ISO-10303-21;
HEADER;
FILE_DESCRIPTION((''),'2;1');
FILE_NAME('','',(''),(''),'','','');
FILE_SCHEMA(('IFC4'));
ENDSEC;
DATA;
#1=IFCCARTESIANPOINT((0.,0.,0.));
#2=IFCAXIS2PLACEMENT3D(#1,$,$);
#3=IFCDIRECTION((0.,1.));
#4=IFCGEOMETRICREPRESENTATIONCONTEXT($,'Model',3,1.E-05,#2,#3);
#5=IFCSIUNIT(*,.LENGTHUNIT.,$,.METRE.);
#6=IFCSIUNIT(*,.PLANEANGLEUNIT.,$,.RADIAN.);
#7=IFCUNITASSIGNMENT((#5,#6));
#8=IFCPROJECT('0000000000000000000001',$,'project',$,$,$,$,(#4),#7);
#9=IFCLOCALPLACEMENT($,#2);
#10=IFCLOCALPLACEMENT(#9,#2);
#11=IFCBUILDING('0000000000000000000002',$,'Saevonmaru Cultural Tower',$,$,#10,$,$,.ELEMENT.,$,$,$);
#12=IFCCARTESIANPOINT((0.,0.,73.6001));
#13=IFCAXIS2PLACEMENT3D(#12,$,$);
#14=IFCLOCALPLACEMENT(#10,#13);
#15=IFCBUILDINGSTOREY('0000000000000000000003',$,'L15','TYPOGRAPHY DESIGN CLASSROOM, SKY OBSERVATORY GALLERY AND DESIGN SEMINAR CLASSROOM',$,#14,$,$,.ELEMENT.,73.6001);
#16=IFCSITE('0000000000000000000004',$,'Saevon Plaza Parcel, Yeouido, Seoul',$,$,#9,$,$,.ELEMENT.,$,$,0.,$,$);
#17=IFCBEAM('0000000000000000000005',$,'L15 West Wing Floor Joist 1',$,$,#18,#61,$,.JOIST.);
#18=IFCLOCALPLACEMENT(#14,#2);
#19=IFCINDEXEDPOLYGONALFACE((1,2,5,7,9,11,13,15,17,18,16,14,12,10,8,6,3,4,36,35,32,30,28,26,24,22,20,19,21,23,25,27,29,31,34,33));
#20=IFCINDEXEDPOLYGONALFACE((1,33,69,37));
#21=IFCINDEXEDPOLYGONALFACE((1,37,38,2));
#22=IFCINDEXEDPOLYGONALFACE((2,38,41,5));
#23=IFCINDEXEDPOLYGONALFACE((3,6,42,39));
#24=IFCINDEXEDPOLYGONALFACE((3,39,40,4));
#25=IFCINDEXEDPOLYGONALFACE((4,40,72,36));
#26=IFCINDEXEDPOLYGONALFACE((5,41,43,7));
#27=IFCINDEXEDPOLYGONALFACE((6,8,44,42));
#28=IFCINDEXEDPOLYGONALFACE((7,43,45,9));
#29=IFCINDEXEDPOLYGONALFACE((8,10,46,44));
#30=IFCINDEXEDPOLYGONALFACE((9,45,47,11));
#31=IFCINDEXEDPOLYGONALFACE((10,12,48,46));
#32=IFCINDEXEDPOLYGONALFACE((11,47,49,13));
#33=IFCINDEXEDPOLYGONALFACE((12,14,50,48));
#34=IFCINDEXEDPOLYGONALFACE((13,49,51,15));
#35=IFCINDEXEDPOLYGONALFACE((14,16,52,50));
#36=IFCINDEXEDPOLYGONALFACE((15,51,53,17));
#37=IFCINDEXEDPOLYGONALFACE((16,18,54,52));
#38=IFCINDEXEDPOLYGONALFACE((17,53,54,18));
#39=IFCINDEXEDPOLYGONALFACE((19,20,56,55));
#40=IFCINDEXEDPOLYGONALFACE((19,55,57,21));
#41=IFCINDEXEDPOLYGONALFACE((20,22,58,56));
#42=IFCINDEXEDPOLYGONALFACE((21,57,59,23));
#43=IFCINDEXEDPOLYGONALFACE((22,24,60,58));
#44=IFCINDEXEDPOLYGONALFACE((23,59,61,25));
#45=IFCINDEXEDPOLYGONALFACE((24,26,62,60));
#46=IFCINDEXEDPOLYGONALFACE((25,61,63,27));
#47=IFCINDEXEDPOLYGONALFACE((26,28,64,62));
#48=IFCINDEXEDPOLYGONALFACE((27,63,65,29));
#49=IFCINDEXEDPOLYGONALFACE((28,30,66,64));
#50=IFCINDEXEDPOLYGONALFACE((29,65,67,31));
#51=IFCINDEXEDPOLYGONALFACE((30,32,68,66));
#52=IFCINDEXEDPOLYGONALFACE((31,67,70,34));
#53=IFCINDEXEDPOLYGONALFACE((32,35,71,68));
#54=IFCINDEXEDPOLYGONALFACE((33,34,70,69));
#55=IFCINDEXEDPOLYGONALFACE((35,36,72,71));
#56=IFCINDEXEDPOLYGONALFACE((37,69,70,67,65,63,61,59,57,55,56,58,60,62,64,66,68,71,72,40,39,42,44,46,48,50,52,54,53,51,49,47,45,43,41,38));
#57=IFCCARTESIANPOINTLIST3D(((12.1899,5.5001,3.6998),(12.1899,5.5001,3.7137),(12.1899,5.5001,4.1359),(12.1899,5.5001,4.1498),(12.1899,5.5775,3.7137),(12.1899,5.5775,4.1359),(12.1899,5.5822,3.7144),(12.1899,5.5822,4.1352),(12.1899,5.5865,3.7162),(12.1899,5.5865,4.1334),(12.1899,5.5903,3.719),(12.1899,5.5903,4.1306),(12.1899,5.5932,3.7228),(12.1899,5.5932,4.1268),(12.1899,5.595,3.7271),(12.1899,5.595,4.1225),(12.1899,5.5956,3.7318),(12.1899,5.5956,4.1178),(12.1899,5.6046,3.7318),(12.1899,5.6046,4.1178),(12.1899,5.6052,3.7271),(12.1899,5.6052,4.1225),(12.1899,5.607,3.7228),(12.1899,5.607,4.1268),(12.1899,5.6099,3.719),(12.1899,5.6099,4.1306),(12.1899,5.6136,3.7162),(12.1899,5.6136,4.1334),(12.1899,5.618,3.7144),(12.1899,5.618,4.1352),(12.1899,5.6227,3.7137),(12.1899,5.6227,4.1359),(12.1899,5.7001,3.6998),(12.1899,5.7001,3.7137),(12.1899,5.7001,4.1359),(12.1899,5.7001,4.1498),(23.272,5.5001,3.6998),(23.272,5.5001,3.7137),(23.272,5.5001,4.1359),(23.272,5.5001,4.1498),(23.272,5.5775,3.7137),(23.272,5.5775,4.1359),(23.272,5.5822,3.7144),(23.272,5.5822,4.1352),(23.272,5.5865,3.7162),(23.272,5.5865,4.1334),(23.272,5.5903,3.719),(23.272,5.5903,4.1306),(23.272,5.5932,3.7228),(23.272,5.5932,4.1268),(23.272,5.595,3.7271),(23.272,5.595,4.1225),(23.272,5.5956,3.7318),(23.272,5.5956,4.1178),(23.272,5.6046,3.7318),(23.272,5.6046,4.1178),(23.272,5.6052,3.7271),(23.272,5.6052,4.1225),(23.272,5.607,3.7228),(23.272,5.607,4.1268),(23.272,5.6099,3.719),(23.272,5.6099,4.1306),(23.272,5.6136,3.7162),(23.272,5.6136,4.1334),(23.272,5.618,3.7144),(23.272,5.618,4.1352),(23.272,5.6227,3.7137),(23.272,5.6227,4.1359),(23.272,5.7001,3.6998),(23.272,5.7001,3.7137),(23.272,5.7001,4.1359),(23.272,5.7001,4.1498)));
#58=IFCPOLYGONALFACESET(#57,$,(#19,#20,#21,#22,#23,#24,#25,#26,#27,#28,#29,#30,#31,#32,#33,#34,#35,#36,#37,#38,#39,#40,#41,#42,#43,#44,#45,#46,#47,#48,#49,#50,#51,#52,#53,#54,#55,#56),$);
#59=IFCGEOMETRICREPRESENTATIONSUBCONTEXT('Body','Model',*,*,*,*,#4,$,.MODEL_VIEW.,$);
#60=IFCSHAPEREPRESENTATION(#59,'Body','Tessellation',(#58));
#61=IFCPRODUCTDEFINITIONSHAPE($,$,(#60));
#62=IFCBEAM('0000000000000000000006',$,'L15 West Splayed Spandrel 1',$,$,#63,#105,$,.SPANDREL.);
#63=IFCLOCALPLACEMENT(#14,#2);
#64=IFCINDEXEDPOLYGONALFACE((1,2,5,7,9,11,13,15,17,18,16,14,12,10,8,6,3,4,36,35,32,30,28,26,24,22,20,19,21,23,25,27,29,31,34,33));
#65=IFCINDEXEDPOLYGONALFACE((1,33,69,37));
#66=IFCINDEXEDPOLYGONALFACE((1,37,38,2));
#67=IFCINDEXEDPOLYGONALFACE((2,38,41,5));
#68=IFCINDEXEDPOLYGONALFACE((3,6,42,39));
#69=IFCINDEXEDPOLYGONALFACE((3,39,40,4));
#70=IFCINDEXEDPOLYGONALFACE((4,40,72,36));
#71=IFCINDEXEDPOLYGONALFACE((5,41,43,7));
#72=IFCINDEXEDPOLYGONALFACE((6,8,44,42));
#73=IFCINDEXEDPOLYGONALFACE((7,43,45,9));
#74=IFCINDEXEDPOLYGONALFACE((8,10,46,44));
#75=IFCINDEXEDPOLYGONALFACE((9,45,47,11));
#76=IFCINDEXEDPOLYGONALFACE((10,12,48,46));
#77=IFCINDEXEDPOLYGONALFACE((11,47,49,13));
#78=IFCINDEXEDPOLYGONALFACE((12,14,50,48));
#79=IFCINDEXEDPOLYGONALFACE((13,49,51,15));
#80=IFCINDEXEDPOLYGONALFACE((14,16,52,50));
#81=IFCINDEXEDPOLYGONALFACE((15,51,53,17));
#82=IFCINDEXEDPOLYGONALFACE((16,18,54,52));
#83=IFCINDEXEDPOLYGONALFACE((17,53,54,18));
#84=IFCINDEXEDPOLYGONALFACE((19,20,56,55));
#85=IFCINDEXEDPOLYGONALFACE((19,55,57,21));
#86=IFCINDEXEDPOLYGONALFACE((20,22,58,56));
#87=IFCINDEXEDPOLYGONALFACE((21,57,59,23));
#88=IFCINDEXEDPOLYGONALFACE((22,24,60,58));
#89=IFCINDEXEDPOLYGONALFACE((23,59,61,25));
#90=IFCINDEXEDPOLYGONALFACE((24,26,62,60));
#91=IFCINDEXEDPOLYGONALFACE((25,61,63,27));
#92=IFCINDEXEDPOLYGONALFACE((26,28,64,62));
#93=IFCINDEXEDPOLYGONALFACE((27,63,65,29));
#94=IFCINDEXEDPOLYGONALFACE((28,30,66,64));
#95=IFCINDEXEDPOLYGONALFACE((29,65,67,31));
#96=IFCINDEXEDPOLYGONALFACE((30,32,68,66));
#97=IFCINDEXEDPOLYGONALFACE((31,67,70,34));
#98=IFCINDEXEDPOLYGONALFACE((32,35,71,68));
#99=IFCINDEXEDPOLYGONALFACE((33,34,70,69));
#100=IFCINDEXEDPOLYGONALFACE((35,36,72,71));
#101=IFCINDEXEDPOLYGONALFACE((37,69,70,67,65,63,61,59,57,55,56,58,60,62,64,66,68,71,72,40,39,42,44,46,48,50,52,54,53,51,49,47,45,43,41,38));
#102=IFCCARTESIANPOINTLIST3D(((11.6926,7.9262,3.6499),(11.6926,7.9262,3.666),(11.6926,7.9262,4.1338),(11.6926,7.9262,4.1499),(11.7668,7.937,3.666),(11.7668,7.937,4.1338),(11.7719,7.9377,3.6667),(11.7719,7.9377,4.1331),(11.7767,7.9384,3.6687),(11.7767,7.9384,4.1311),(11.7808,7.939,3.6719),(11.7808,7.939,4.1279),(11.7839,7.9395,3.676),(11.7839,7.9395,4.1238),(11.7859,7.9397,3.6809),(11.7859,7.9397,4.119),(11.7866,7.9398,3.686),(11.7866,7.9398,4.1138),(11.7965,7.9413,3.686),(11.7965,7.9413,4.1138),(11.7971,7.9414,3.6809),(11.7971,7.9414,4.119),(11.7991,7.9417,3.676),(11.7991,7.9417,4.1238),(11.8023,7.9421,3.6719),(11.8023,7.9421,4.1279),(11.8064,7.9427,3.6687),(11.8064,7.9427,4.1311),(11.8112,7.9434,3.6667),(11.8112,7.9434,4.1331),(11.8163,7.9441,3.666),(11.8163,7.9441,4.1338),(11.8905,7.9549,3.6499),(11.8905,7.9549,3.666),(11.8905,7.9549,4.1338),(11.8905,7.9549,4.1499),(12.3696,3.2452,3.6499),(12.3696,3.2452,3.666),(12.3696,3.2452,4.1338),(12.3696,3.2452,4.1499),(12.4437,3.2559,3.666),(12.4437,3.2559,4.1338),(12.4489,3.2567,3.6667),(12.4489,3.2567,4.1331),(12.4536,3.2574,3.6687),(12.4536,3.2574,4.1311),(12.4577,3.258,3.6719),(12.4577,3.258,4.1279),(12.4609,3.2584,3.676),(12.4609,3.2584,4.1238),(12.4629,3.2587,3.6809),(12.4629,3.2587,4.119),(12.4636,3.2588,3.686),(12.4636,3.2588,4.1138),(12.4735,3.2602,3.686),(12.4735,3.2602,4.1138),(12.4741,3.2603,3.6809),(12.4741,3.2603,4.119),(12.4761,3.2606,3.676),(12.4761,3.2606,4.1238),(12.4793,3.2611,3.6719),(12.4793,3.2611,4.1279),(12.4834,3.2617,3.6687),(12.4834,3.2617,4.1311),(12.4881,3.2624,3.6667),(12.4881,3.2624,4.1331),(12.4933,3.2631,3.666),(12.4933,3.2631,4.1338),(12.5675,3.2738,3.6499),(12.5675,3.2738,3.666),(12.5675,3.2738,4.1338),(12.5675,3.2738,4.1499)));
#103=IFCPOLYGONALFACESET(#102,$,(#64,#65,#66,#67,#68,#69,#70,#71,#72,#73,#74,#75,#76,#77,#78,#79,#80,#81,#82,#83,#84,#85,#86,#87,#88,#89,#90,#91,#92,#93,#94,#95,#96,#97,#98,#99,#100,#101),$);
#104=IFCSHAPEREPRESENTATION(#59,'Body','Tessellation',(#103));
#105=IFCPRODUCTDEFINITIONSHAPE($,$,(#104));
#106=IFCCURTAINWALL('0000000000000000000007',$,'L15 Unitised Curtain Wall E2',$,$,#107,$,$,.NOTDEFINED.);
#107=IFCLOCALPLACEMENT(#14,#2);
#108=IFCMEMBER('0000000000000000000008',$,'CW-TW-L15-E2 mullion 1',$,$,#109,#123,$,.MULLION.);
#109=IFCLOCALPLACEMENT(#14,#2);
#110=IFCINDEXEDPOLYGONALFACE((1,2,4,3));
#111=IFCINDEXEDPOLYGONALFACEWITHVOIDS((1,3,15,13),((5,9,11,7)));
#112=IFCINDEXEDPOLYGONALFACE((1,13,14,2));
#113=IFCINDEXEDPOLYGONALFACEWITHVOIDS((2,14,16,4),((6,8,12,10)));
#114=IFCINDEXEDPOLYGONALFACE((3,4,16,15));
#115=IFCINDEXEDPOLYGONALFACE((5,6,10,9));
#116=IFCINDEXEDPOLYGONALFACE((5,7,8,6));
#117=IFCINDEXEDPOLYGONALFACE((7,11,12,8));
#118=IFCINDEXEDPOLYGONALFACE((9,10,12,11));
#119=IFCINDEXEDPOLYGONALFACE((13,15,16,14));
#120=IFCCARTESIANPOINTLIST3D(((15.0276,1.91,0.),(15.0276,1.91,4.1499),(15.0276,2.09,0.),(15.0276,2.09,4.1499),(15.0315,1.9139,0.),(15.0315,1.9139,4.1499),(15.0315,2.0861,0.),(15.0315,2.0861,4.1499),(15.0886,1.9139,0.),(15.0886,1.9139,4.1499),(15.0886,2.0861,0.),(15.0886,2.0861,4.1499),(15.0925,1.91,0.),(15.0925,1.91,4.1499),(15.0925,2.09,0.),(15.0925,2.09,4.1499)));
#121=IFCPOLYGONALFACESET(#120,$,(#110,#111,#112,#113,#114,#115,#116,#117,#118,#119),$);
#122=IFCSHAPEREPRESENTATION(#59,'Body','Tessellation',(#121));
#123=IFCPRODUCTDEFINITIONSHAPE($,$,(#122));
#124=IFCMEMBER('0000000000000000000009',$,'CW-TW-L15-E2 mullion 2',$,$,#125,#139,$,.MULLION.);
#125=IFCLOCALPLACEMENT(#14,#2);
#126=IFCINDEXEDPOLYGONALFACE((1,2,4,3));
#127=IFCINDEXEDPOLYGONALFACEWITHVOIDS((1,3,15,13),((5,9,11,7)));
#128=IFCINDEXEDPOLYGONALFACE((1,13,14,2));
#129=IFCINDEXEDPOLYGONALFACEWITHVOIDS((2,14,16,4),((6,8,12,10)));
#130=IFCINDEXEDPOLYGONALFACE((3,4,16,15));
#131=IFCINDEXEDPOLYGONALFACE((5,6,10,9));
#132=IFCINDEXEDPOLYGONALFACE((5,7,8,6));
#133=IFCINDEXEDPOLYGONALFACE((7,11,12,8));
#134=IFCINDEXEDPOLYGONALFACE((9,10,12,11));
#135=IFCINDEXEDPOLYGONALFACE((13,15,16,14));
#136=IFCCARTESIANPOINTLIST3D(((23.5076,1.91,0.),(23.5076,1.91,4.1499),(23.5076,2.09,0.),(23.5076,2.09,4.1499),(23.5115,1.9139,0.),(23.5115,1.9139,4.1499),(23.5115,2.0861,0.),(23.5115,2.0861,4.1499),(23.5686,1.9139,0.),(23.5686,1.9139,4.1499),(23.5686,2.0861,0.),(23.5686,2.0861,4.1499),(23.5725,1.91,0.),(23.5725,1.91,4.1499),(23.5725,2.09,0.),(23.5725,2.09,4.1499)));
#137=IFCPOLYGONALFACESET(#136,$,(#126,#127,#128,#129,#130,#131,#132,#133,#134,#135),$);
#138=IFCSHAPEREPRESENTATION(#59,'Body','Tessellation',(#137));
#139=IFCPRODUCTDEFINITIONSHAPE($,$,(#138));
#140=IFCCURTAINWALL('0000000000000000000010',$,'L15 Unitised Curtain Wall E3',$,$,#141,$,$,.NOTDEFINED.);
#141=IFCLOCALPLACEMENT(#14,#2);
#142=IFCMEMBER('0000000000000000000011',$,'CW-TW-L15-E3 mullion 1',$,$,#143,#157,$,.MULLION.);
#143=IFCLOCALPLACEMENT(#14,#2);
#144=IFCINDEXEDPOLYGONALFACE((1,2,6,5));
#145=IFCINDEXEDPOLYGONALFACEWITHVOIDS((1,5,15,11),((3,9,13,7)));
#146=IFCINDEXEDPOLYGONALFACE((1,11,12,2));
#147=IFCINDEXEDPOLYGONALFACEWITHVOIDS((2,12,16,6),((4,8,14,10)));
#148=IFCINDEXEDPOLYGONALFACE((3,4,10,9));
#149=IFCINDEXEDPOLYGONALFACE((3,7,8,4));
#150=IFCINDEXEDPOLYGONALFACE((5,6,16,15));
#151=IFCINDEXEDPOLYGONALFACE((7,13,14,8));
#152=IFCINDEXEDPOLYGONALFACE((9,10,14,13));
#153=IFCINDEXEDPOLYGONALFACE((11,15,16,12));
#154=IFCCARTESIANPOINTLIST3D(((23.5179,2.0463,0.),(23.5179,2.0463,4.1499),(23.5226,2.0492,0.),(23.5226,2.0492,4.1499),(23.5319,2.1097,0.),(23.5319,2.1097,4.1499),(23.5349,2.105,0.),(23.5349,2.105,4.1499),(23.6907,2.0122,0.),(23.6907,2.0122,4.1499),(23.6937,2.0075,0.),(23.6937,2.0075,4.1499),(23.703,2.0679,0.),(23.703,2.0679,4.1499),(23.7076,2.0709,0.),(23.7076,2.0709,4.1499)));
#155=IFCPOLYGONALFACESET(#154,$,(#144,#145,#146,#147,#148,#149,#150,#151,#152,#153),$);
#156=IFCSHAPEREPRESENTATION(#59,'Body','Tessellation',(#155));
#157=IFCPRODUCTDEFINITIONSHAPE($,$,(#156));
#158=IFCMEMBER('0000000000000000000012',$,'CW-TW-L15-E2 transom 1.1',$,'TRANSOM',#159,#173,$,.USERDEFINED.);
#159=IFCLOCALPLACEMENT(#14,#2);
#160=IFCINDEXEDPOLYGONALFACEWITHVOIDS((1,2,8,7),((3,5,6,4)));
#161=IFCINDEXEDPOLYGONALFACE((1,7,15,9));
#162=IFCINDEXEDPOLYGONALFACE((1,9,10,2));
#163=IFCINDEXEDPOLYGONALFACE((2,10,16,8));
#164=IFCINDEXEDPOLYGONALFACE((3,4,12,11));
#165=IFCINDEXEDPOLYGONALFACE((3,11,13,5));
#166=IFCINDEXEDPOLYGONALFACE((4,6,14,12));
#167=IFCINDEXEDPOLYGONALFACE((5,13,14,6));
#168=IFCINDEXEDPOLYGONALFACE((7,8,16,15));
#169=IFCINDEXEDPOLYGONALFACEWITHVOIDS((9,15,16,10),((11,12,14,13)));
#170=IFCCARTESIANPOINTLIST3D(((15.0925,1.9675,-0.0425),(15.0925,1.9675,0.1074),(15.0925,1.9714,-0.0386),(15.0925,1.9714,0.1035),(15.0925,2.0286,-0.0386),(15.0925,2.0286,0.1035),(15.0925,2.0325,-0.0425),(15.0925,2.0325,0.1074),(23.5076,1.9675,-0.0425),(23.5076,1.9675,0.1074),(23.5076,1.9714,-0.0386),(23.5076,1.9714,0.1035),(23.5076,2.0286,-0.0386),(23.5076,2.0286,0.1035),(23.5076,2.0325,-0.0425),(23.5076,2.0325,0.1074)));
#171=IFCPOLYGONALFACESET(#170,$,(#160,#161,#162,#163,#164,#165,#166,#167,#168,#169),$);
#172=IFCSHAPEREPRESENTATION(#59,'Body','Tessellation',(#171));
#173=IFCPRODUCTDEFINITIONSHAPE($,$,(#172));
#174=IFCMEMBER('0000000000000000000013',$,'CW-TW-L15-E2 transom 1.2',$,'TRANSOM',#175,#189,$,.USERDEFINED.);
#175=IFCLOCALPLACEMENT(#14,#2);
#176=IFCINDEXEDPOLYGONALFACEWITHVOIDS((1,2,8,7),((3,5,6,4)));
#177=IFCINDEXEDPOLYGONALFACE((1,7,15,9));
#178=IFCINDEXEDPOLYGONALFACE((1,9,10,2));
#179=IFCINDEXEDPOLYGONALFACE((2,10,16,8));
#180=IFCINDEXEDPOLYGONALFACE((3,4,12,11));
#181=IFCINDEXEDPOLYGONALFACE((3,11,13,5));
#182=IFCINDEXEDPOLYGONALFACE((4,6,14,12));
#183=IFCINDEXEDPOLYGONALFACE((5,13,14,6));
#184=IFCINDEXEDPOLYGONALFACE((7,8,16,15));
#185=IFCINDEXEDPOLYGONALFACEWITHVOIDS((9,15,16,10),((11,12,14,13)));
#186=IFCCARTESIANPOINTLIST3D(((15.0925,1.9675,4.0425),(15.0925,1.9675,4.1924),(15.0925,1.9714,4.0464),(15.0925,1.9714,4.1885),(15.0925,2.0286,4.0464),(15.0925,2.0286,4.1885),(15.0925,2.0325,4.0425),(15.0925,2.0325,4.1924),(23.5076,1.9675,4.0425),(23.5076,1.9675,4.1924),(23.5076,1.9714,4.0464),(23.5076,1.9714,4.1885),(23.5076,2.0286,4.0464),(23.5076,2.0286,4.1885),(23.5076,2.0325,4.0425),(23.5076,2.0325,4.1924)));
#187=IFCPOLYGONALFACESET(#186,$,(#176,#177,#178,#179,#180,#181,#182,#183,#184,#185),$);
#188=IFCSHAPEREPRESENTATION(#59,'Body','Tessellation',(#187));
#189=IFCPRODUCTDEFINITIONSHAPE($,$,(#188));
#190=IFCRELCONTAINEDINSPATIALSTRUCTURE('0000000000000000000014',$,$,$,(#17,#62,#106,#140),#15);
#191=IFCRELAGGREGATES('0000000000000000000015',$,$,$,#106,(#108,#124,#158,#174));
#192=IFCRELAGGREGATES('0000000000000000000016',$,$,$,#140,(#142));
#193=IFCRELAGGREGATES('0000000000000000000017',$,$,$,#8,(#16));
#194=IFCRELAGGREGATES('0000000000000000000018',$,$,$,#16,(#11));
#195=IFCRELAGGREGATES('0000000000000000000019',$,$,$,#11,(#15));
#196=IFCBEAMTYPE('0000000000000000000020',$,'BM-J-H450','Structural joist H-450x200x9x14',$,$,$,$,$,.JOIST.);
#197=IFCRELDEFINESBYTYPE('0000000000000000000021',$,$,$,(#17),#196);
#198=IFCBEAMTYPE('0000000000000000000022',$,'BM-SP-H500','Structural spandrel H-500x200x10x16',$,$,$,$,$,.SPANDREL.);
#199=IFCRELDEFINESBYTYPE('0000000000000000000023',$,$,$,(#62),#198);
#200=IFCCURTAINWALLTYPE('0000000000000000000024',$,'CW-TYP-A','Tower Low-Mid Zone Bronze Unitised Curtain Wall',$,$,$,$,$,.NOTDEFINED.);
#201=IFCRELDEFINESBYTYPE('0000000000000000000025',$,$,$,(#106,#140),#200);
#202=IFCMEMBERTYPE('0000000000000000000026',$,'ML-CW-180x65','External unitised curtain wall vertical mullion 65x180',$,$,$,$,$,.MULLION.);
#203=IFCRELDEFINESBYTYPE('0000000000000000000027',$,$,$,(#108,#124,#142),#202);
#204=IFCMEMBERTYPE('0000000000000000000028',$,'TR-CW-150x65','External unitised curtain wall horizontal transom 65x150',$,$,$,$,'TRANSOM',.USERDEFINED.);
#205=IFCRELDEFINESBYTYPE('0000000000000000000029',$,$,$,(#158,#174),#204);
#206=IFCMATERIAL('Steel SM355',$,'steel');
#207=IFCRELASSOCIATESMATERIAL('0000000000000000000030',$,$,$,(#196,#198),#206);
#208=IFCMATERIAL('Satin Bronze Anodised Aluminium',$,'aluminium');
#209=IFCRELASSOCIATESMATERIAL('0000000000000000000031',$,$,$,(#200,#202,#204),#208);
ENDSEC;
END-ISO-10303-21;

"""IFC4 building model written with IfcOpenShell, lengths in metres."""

from ifc_helpers import new_model, si_unit, direction, frame, origin, origin_2d, place, context, subcontext, project, spatial, hollow_rectangle, i_section, extrude, material, material_profile, profile_set, type_object, element, aggregate, save


model = new_model("IFC4")

# Units and contexts
model_context = context("Model", 3, precision=1e-05, world=origin(), true_north=direction((0.0, 1.0)))
body_context = subcontext(model_context, "Body", "Model", "MODEL_VIEW")
ifc_project = project(units=[si_unit("LENGTHUNIT", "METRE"), si_unit("PLANEANGLEUNIT", "RADIAN")], contexts=[model_context])

# Site, building, storey
site_placement = place(None, origin())
site = spatial("IfcSite", under=ifc_project, at=site_placement, Name="Saevon Plaza Parcel, Yeouido, Seoul", CompositionType="ELEMENT", RefElevation=0.0)
building_placement = place(site_placement, origin())
building = spatial("IfcBuilding", under=site, at=building_placement, Name="Saevonmaru Cultural Tower", CompositionType="ELEMENT")
storey_placement = place(building_placement, frame((0.0, 0.0, 73.6001)))
storey = spatial("IfcBuildingStorey", under=building, at=storey_placement, Name="L15", Description="TYPOGRAPHY DESIGN CLASSROOM, SKY OBSERVATORY GALLERY AND DESIGN SEMINAR CLASSROOM", CompositionType="ELEMENT", Elevation=73.6001)

# Beams
ifc_material_1 = material(Name="Steel SM355", Category="steel")
ifc_material_profile_1 = material_profile(ifc_material_1, i_section(OverallWidth=0.2, OverallDepth=0.45, WebThickness=0.009, FlangeThickness=0.0139, FilletRadius=0.0181, at=origin_2d()), Name="H-450x200x9x14")
ifc_profile_set_1 = profile_set([ifc_material_profile_1], Name="Steel SM355")
beam_type_1 = type_object("IfcBeamType", Name="BM-J-H450", Description="Structural joist H-450x200x9x14", PredefinedType="JOIST", material=ifc_profile_set_1)
beam_1_placement = place(storey_placement, frame((12.1899, 5.6001, 3.9248), z_axis=(1.0, 0.0, 0.0), x_axis=(0.0, 1.0, 0.0)))
element("IfcBeam", 1, at=beam_1_placement, inside=storey, type_object=beam_type_1, Name="L15 West Wing Floor Joist 1", PredefinedType="JOIST", context=body_context, shape_type="SweptSolid", body=[
    extrude(i_section(OverallWidth=0.2, OverallDepth=0.45, WebThickness=0.009, FlangeThickness=0.0139, FilletRadius=0.0181, at=origin_2d()), origin(), (0.0, 0.0, 1.0), 11.082),
])
ifc_material_profile_2 = material_profile(ifc_material_1, i_section(OverallWidth=0.2, OverallDepth=0.5, WebThickness=0.01, FlangeThickness=0.0161, FilletRadius=0.02, at=origin_2d()), Name="H-500x200x10x16")
ifc_profile_set_2 = profile_set([ifc_material_profile_2], Name="Steel SM355")
beam_type_2 = type_object("IfcBeamType", Name="BM-SP-H500", Description="Structural spandrel H-500x200x10x16", PredefinedType="SPANDREL", material=ifc_profile_set_2)
beam_2_placement = place(storey_placement, frame((12.4685, 3.2595, 3.8999), z_axis=(-0.143134, 0.989703, 0.0), x_axis=(-0.989703, -0.143134, 0.0)))
element("IfcBeam", 2, at=beam_2_placement, inside=storey, type_object=beam_type_2, Name="L15 West Splayed Spandrel 1", PredefinedType="SPANDREL", context=body_context, shape_type="SweptSolid", body=[
    extrude(i_section(OverallWidth=0.2, OverallDepth=0.5, WebThickness=0.01, FlangeThickness=0.0161, FilletRadius=0.02, at=origin_2d()), origin(), (0.0, 0.0, 1.0), 4.7297),
])

# Curtain wall, members
ifc_material_2 = material(Name="Satin Bronze Anodised Aluminium", Category="aluminium")
curtain_wall_type = type_object("IfcCurtainWallType", Name="CW-TYP-A", Description="Tower Low-Mid Zone Bronze Unitised Curtain Wall", PredefinedType="NOTDEFINED", material=ifc_material_2)
curtain_wall_1_placement = place(storey_placement, origin())
curtain_wall_1 = element("IfcCurtainWall", 3, at=curtain_wall_1_placement, inside=storey, type_object=curtain_wall_type, Name="L15 Unitised Curtain Wall E2", PredefinedType="NOTDEFINED")
ifc_material_profile_3 = material_profile(ifc_material_2, hollow_rectangle(XDim=0.0649, YDim=0.1799, WallThickness=0.0039, at=origin_2d()), Name="ALU-MULL-180x65x4")
ifc_profile_set_3 = profile_set([ifc_material_profile_3], Name="Satin Bronze Anodised Aluminium")
member_type_1 = type_object("IfcMemberType", Name="ML-CW-180x65", Description="External unitised curtain wall vertical mullion 65x180", PredefinedType="MULLION", material=ifc_profile_set_3)
member_1_placement = place(storey_placement, frame((15.0601, 2.0, 0.0), z_axis=(0.0, 0.0, 1.0), x_axis=(1.0, 0.0, 0.0)))
member_1 = element("IfcMember", 4, at=member_1_placement, type_object=member_type_1, Name="CW-TW-L15-E2 mullion 1", PredefinedType="MULLION", context=body_context, shape_type="SweptSolid", body=[
    extrude(hollow_rectangle(XDim=0.0649, YDim=0.1799, WallThickness=0.0039, at=origin_2d()), origin(), (0.0, 0.0, 1.0), 4.1499),
])
member_2_placement = place(storey_placement, frame((23.54, 2.0, 0.0), z_axis=(0.0, 0.0, 1.0), x_axis=(1.0, 0.0, 0.0)))
member_2 = element("IfcMember", 5, at=member_2_placement, type_object=member_type_1, Name="CW-TW-L15-E2 mullion 2", PredefinedType="MULLION", context=body_context, shape_type="SweptSolid", body=[
    extrude(hollow_rectangle(XDim=0.0649, YDim=0.1799, WallThickness=0.0039, at=origin_2d()), origin(), (0.0, 0.0, 1.0), 4.1499),
])

# Curtain wall, member
curtain_wall_2_placement = place(storey_placement, origin())
curtain_wall_2 = element("IfcCurtainWall", 6, at=curtain_wall_2_placement, inside=storey, type_object=curtain_wall_type, Name="L15 Unitised Curtain Wall E3", PredefinedType="NOTDEFINED")
member_3_placement = place(storey_placement, frame((23.6128, 2.0586, 0.0), z_axis=(0.0, 0.0, 1.0), x_axis=(0.215413, 0.976523, 0.0)))
member_3 = element("IfcMember", 7, at=member_3_placement, type_object=member_type_1, Name="CW-TW-L15-E3 mullion 1", PredefinedType="MULLION", context=body_context, shape_type="SweptSolid", body=[
    extrude(hollow_rectangle(XDim=0.0649, YDim=0.1799, WallThickness=0.0039, at=origin_2d()), origin(), (0.0, 0.0, 1.0), 4.1499),
])

# Members
ifc_material_profile_4 = material_profile(ifc_material_2, hollow_rectangle(XDim=0.0649, YDim=0.1499, WallThickness=0.0039, at=origin_2d()), Name="ALU-TRAN-150x65x4")
ifc_profile_set_4 = profile_set([ifc_material_profile_4], Name="Satin Bronze Anodised Aluminium")
member_type_2 = type_object("IfcMemberType", Name="TR-CW-150x65", Description="External unitised curtain wall horizontal transom 65x150", ElementType="TRANSOM", PredefinedType="USERDEFINED", material=ifc_profile_set_4)
member_4_placement = place(storey_placement, frame((15.0925, 2.0, 0.0325), z_axis=(1.0, 0.0, 0.0), x_axis=(0.0, 1.0, 0.0)))
member_4 = element("IfcMember", 8, at=member_4_placement, type_object=member_type_2, Name="CW-TW-L15-E2 transom 1.1", ObjectType="TRANSOM", PredefinedType="USERDEFINED", context=body_context, shape_type="SweptSolid", body=[
    extrude(hollow_rectangle(XDim=0.0649, YDim=0.1499, WallThickness=0.0039, at=origin_2d()), origin(), (0.0, 0.0, 1.0), 8.415),
])
member_5_placement = place(storey_placement, frame((15.0925, 2.0, 4.1174), z_axis=(1.0, 0.0, 0.0), x_axis=(0.0, 1.0, 0.0)))
member_5 = element("IfcMember", 9, at=member_5_placement, type_object=member_type_2, Name="CW-TW-L15-E2 transom 1.2", ObjectType="TRANSOM", PredefinedType="USERDEFINED", context=body_context, shape_type="SweptSolid", body=[
    extrude(hollow_rectangle(XDim=0.0649, YDim=0.1499, WallThickness=0.0039, at=origin_2d()), origin(), (0.0, 0.0, 1.0), 8.415),
])

aggregate(curtain_wall_1, [member_1, member_2, member_4, member_5])
aggregate(curtain_wall_2, [member_3])

save(model, "model.ifc")
